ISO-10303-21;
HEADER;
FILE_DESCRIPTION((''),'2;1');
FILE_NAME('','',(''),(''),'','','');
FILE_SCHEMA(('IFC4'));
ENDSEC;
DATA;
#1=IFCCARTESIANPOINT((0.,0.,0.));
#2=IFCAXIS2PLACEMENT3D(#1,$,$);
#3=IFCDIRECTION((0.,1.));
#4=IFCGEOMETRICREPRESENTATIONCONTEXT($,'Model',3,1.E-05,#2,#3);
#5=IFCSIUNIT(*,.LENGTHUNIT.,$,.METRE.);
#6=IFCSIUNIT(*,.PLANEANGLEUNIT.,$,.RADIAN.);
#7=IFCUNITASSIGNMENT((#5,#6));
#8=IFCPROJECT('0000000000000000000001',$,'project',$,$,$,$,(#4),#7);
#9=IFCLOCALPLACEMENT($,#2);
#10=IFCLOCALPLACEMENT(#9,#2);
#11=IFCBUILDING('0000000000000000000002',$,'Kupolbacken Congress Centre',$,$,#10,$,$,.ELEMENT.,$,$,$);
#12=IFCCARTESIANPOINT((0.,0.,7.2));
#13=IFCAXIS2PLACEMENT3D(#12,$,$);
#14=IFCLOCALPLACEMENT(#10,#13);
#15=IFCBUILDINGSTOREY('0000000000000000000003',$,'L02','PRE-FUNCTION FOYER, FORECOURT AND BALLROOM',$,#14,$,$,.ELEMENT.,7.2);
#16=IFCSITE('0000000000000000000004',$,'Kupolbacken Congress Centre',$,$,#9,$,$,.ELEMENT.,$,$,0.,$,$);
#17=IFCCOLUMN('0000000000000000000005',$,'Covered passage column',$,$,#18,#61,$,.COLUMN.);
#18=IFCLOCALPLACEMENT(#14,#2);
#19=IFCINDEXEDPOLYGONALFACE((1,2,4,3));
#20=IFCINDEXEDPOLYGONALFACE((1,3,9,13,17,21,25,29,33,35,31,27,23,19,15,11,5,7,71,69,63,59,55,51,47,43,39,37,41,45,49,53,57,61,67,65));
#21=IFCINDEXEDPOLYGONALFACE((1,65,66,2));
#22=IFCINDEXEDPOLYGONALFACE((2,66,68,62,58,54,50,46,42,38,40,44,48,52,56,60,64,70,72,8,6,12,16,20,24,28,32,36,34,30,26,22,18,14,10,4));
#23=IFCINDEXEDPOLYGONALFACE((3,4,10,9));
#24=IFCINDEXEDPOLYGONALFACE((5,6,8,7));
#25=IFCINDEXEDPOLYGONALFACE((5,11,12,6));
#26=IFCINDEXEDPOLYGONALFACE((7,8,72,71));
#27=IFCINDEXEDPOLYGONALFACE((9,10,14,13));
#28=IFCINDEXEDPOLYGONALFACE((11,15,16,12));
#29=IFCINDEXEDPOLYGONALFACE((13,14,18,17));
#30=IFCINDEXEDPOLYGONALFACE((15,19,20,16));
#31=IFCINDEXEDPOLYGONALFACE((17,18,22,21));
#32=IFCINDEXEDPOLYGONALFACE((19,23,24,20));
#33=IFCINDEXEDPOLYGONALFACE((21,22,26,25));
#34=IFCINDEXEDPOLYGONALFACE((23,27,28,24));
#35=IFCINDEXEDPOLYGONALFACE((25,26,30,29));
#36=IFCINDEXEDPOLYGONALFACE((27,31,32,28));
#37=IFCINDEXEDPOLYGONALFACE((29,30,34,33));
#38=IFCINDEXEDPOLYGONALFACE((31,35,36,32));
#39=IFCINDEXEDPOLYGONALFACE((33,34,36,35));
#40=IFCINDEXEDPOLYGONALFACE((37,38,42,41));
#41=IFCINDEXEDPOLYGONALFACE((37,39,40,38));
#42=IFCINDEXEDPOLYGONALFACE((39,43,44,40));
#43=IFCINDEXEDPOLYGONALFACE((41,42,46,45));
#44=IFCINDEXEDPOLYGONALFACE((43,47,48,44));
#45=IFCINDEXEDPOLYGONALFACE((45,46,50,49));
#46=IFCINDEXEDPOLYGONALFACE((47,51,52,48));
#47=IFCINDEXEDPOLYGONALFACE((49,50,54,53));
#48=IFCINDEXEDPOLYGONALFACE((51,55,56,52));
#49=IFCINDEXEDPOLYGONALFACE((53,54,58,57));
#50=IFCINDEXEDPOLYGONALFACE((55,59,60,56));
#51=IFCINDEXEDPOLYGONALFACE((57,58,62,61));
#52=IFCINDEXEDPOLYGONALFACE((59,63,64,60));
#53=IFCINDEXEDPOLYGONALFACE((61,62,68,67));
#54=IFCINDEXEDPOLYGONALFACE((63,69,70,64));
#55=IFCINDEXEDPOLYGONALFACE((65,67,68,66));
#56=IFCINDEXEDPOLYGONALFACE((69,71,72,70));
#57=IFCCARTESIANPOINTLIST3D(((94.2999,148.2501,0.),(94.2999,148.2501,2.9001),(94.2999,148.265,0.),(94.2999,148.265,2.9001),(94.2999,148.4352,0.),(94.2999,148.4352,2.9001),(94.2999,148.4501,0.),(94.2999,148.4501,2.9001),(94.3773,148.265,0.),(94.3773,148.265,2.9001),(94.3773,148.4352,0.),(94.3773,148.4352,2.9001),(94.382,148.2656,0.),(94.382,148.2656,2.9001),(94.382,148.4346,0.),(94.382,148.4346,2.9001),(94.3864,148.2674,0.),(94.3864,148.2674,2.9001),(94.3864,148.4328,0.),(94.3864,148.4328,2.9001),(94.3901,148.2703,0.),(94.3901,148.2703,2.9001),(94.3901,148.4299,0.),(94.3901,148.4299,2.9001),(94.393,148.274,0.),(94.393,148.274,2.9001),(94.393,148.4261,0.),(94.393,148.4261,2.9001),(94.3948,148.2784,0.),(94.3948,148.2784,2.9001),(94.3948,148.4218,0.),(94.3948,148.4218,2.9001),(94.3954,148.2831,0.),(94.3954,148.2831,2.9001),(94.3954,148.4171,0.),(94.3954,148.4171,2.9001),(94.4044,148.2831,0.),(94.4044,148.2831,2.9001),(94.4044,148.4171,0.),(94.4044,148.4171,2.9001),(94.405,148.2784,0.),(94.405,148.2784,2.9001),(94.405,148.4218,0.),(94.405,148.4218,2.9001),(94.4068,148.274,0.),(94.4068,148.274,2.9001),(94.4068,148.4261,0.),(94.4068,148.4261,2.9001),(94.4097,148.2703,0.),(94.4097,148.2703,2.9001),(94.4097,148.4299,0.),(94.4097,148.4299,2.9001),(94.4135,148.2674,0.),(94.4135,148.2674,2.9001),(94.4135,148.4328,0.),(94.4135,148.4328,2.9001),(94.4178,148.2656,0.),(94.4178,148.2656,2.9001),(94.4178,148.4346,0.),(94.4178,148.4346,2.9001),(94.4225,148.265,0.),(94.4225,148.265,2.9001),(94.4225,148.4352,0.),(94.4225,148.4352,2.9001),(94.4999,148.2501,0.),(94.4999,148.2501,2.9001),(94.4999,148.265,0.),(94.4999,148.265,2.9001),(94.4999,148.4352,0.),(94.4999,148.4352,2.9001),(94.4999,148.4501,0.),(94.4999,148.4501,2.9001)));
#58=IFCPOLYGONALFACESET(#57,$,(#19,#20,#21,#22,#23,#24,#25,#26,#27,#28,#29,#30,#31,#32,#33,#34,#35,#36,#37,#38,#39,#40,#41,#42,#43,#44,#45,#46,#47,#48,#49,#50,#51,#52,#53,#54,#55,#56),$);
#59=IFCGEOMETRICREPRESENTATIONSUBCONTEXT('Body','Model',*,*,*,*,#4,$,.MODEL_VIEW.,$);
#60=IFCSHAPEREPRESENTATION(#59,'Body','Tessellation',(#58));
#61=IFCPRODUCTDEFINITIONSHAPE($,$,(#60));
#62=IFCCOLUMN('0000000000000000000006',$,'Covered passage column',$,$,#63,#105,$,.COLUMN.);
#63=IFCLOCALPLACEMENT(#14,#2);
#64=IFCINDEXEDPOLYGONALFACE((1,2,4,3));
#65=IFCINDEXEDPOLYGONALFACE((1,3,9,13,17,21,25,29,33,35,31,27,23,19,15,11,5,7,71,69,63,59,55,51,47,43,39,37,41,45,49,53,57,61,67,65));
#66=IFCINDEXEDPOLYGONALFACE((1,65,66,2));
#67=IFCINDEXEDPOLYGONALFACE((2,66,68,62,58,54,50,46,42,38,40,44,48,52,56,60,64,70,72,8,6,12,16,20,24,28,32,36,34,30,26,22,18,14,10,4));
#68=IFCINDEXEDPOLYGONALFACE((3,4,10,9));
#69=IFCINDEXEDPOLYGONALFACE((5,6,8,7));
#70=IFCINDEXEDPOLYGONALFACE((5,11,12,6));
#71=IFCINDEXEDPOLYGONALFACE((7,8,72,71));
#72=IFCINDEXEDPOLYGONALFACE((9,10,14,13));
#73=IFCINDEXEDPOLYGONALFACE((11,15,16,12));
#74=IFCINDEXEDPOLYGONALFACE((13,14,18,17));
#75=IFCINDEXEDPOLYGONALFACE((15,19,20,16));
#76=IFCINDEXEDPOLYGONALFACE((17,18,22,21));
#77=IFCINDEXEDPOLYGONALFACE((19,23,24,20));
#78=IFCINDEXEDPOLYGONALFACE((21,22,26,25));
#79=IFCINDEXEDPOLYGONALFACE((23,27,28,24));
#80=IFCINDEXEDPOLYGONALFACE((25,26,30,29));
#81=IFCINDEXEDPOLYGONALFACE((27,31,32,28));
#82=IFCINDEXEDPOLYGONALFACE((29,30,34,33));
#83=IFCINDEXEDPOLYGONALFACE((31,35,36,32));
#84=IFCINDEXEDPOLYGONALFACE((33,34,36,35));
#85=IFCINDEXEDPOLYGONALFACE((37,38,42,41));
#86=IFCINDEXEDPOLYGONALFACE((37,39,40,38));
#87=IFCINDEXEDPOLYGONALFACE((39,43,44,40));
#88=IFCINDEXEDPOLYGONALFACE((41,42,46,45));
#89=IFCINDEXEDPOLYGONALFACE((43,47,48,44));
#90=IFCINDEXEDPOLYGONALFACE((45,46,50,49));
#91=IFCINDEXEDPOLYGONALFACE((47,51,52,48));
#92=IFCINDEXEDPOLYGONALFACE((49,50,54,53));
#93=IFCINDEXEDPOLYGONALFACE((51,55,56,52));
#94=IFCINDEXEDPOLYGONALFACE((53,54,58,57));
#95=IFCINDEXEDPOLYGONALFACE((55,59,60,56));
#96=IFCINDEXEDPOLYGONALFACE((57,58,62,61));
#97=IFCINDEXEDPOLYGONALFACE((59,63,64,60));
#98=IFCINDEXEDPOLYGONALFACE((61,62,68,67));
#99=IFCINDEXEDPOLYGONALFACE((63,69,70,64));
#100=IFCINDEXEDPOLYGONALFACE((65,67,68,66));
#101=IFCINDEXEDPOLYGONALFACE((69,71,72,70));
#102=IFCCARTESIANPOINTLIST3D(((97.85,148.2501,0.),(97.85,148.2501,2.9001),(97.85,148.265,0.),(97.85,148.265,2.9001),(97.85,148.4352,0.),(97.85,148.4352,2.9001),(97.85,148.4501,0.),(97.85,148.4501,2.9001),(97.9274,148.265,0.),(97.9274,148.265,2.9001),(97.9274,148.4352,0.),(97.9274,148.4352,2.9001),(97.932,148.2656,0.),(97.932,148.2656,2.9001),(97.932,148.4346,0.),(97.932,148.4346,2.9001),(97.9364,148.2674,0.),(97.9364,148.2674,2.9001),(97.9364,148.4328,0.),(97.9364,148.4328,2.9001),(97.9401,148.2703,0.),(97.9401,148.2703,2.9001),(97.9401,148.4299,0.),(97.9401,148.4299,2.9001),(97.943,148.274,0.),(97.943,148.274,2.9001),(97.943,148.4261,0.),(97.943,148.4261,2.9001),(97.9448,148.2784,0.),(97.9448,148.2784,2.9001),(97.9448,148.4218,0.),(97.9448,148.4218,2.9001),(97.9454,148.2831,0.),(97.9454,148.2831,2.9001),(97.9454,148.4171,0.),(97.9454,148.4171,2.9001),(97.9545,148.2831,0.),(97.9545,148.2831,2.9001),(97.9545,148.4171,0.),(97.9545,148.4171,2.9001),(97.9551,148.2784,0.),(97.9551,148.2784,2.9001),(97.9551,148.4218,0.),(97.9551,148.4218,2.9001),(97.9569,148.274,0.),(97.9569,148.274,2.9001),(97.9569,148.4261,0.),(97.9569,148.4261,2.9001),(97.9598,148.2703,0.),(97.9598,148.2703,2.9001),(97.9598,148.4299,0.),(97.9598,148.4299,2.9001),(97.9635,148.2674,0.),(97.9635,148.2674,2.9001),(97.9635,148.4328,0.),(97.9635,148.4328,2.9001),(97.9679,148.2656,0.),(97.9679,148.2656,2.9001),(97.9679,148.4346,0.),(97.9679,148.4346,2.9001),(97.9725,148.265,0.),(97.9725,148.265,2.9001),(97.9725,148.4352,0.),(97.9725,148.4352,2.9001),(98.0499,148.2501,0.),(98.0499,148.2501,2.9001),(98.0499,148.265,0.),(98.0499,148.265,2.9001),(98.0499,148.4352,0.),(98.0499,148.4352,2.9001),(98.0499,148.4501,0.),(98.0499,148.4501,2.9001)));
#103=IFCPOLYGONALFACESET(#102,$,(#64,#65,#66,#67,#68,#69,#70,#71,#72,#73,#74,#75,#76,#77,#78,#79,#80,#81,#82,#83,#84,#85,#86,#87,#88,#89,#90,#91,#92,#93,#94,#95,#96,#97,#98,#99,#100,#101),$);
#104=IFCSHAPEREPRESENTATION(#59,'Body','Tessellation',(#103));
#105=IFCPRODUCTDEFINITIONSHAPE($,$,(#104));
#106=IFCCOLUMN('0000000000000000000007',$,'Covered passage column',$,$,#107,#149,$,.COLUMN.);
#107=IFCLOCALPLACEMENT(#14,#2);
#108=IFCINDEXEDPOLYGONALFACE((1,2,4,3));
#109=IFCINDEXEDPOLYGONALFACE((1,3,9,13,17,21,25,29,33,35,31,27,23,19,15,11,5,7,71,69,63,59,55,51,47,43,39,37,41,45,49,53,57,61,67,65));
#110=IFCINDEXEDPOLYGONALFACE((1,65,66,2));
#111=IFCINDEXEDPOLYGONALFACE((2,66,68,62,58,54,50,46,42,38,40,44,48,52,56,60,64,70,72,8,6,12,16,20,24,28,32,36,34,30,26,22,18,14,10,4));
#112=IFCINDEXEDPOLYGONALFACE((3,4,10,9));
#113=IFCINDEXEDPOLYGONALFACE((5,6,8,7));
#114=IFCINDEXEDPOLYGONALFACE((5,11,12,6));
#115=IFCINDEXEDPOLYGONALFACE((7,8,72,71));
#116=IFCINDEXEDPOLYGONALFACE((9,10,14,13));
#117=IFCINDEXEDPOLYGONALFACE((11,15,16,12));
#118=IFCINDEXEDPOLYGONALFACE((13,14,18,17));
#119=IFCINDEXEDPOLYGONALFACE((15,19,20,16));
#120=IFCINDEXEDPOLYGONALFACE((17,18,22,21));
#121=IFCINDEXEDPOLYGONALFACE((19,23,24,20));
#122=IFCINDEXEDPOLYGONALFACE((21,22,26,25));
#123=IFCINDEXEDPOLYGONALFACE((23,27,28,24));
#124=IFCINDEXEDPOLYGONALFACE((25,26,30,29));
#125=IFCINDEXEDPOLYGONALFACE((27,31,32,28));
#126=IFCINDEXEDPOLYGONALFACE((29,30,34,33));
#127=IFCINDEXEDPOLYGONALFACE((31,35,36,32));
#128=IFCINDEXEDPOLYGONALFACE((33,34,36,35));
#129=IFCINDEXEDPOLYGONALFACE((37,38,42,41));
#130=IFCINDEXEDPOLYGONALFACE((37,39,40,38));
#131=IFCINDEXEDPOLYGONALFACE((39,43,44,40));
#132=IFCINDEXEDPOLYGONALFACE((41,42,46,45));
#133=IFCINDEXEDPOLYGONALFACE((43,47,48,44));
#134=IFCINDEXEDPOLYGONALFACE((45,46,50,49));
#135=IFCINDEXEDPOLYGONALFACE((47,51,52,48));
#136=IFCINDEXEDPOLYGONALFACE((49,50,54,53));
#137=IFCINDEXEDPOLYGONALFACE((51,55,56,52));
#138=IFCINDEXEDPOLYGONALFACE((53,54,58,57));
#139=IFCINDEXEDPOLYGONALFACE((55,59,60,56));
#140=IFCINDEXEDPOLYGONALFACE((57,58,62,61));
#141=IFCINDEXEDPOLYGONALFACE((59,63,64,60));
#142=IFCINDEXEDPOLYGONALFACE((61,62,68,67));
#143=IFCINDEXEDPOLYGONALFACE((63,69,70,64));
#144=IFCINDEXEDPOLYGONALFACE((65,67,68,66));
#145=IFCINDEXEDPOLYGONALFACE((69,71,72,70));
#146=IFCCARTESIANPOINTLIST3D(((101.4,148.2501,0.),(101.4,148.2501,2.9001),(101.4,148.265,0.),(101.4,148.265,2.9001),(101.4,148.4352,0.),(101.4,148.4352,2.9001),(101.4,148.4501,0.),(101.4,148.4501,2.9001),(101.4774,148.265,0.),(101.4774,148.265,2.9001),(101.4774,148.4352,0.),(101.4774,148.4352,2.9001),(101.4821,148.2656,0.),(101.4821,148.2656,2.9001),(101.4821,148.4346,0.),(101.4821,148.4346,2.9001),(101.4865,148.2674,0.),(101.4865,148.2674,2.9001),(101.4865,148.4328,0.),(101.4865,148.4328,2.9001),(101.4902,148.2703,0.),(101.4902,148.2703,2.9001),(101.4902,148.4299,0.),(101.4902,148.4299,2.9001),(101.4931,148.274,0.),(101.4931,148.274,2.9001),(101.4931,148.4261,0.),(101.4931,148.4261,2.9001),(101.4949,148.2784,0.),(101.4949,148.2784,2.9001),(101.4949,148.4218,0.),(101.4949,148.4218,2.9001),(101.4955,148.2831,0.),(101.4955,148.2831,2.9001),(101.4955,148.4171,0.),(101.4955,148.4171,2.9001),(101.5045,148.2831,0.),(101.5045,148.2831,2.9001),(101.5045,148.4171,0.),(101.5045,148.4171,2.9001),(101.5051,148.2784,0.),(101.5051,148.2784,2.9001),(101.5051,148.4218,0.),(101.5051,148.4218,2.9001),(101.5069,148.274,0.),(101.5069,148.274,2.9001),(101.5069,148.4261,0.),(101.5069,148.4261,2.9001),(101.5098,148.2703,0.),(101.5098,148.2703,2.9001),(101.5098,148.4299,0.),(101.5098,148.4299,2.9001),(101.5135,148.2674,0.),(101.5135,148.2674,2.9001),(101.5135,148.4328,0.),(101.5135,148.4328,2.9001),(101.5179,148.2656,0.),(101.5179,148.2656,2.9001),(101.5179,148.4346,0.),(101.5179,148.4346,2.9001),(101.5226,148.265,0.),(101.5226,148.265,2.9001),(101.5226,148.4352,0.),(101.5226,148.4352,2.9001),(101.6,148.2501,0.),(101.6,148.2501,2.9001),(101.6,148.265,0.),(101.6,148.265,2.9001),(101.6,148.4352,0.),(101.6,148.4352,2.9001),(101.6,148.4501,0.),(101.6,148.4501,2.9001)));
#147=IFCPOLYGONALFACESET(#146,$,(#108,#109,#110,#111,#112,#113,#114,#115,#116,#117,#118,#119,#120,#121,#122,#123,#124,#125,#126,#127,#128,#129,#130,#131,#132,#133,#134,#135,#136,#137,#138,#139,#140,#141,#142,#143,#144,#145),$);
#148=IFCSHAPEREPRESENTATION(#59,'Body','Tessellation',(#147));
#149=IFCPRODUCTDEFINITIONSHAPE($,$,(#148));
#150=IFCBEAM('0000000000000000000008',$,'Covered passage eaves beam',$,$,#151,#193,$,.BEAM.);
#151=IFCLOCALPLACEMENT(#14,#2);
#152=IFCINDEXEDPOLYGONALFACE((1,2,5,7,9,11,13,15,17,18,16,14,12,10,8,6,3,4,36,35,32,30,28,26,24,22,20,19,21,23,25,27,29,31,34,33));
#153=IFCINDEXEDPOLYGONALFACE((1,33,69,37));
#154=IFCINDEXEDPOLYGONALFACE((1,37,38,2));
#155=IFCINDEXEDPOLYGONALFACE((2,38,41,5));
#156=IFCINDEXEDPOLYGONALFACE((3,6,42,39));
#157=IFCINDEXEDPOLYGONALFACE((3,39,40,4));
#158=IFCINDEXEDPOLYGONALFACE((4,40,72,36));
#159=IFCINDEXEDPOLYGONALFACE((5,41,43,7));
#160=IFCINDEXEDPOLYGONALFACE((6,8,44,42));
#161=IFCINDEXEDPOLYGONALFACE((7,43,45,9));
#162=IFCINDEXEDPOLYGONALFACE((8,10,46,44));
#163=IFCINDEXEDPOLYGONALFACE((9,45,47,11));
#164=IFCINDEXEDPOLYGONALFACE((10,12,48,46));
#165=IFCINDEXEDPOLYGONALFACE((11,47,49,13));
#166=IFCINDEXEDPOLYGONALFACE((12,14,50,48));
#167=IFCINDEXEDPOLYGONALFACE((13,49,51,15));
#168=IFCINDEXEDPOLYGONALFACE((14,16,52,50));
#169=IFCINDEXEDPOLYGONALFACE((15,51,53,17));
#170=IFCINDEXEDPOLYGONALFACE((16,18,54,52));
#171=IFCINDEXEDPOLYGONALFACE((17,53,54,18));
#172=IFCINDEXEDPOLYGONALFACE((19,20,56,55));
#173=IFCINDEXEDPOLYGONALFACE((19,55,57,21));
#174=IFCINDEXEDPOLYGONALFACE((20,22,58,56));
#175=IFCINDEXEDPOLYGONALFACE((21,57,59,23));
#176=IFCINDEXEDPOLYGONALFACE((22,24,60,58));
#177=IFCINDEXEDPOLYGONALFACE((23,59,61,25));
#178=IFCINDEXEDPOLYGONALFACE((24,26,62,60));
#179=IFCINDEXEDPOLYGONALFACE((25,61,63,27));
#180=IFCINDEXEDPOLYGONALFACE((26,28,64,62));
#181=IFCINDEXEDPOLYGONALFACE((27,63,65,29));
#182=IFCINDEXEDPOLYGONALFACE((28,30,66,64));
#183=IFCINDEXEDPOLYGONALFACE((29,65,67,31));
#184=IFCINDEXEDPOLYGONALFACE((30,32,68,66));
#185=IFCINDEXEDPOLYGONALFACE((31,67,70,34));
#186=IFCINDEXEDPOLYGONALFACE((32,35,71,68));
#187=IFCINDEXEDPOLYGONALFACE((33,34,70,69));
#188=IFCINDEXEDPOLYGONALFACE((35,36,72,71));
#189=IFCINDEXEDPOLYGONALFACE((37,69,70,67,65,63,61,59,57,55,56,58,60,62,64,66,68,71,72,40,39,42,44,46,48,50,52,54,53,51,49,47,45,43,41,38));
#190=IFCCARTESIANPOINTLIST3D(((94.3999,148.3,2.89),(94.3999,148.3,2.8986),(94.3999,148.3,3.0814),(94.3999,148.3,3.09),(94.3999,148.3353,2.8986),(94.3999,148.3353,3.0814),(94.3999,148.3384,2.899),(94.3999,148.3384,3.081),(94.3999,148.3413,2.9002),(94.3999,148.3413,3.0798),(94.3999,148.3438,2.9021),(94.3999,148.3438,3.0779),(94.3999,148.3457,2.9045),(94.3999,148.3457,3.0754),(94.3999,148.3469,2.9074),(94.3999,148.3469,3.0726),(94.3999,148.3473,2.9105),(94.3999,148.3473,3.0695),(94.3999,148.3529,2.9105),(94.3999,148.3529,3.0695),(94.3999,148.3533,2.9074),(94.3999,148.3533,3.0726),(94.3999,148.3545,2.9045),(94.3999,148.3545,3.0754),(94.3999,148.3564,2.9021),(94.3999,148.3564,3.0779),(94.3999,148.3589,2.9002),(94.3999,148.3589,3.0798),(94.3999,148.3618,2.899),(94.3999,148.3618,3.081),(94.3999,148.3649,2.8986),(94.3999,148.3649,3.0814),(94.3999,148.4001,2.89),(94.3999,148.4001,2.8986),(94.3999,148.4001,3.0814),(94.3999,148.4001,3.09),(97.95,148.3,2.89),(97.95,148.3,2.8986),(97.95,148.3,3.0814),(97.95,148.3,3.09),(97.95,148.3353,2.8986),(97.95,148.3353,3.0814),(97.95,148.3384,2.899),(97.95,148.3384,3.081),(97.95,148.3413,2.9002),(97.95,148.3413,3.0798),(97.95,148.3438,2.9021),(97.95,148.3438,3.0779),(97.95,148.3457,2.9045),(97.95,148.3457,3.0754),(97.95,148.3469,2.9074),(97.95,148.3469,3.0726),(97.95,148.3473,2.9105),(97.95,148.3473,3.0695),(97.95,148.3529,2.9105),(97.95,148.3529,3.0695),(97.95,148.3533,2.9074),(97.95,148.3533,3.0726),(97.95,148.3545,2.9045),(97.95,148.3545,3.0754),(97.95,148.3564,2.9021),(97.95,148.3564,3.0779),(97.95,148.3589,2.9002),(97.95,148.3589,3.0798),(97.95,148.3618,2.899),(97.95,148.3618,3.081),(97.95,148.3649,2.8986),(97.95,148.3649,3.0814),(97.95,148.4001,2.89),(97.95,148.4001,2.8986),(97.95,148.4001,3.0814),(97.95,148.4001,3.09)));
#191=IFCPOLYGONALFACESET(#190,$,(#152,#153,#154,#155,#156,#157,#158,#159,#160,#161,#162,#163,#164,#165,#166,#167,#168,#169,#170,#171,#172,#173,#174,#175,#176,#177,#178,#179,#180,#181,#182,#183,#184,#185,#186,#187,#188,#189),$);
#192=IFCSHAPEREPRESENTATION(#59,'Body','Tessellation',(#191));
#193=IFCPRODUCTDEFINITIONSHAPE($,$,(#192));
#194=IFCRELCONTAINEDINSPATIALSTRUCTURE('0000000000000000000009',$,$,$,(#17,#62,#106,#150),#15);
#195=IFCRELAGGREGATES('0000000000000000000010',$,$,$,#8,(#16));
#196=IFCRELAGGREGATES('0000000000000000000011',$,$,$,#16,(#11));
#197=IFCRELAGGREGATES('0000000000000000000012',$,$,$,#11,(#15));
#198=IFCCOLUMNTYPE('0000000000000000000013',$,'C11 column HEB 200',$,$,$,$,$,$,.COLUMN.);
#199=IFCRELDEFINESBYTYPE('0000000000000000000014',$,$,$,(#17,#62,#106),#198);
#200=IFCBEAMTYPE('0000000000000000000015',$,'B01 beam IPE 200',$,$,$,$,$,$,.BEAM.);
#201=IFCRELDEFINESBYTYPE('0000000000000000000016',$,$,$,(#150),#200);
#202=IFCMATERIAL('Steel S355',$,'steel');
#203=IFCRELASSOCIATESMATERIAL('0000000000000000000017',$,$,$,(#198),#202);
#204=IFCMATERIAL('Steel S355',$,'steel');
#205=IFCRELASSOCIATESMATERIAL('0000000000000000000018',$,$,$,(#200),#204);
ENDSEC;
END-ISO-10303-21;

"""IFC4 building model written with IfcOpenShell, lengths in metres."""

from ifc_helpers import new_model, si_unit, direction, frame, origin, origin_2d, place, context, subcontext, project, spatial, i_section, extrude, material, material_profile, profile_set, type_object, element, save


model = new_model("IFC4")

# Units and contexts
model_context = context("Model", 3, precision=1e-05, world=origin(), true_north=direction((0.0, 1.0)))
body_context = subcontext(model_context, "Body", "Model", "MODEL_VIEW")
ifc_project = project(units=[si_unit("LENGTHUNIT", "METRE"), si_unit("PLANEANGLEUNIT", "RADIAN")], contexts=[model_context])

# Site, building, storey
site_placement = place(None, origin())
site = spatial("IfcSite", under=ifc_project, at=site_placement, Name="Kupolbacken Congress Centre", CompositionType="ELEMENT", RefElevation=0.0)
building_placement = place(site_placement, origin())
building = spatial("IfcBuilding", under=site, at=building_placement, Name="Kupolbacken Congress Centre", CompositionType="ELEMENT")
storey_placement = place(building_placement, frame((0.0, 0.0, 7.2)))
storey = spatial("IfcBuildingStorey", under=building, at=storey_placement, Name="L02", Description="PRE-FUNCTION FOYER, FORECOURT AND BALLROOM", CompositionType="ELEMENT", Elevation=7.2)

# Columns
ifc_material_1 = material(Name="Steel S355", Category="steel")
ifc_material_profile_1 = material_profile(ifc_material_1, i_section(OverallWidth=0.2, OverallDepth=0.2, WebThickness=0.009, FlangeThickness=0.0149, FilletRadius=0.0181, at=origin_2d()), Name="HEB 200")
ifc_profile_set_1 = profile_set([ifc_material_profile_1], Name="Steel S355")
column_type = type_object("IfcColumnType", Name="C11 column HEB 200", PredefinedType="COLUMN", material=ifc_profile_set_1)
for number, where, z_axis, x_axis, name in (
    (1, (94.3999, 148.3501, 0.0), (0.0, 0.0, 1.0), (1.0, 0.0, 0.0), "Covered passage column"),
    (2, (97.95, 148.3501, 0.0), (0.0, 0.0, 1.0), (1.0, 0.0, 0.0), "Covered passage column"),
    (3, (101.5, 148.3501, 0.0), (0.0, 0.0, 1.0), (1.0, 0.0, 0.0), "Covered passage column"),
):
    element("IfcColumn", number, at=place(storey_placement, frame(where, z_axis=z_axis, x_axis=x_axis)), inside=storey, type_object=column_type, Name=name, PredefinedType="COLUMN", context=body_context, shape_type="SweptSolid", body=[
        extrude(i_section(OverallWidth=0.2, OverallDepth=0.2, WebThickness=0.009, FlangeThickness=0.0149, FilletRadius=0.0181, at=origin_2d()), origin(), (0.0, 0.0, 1.0), 2.9001),
    ])

# Beam
ifc_material_2 = material(Name="Steel S355", Category="steel")
ifc_material_profile_2 = material_profile(ifc_material_2, i_section(OverallWidth=0.1001, OverallDepth=0.2, WebThickness=0.0056, FlangeThickness=0.0085, FilletRadius=0.012, at=origin_2d()), Name="IPE 200")
ifc_profile_set_2 = profile_set([ifc_material_profile_2], Name="Steel S355")
beam_type = type_object("IfcBeamType", Name="B01 beam IPE 200", PredefinedType="BEAM", material=ifc_profile_set_2)
for number, where, z_axis, x_axis, name in (
    (4, (94.3999, 148.3501, 2.99), (1.0, 0.0, 0.0), (0.0, 1.0, 0.0), "Covered passage eaves beam"),
):
    element("IfcBeam", number, at=place(storey_placement, frame(where, z_axis=z_axis, x_axis=x_axis)), inside=storey, type_object=beam_type, Name=name, PredefinedType="BEAM", context=body_context, shape_type="SweptSolid", body=[
        extrude(i_section(OverallWidth=0.1001, OverallDepth=0.2, WebThickness=0.0056, FlangeThickness=0.0085, FilletRadius=0.012, at=origin_2d()), origin(), (0.0, 0.0, 1.0), 3.55),
    ])

save(model, "model.ifc")
